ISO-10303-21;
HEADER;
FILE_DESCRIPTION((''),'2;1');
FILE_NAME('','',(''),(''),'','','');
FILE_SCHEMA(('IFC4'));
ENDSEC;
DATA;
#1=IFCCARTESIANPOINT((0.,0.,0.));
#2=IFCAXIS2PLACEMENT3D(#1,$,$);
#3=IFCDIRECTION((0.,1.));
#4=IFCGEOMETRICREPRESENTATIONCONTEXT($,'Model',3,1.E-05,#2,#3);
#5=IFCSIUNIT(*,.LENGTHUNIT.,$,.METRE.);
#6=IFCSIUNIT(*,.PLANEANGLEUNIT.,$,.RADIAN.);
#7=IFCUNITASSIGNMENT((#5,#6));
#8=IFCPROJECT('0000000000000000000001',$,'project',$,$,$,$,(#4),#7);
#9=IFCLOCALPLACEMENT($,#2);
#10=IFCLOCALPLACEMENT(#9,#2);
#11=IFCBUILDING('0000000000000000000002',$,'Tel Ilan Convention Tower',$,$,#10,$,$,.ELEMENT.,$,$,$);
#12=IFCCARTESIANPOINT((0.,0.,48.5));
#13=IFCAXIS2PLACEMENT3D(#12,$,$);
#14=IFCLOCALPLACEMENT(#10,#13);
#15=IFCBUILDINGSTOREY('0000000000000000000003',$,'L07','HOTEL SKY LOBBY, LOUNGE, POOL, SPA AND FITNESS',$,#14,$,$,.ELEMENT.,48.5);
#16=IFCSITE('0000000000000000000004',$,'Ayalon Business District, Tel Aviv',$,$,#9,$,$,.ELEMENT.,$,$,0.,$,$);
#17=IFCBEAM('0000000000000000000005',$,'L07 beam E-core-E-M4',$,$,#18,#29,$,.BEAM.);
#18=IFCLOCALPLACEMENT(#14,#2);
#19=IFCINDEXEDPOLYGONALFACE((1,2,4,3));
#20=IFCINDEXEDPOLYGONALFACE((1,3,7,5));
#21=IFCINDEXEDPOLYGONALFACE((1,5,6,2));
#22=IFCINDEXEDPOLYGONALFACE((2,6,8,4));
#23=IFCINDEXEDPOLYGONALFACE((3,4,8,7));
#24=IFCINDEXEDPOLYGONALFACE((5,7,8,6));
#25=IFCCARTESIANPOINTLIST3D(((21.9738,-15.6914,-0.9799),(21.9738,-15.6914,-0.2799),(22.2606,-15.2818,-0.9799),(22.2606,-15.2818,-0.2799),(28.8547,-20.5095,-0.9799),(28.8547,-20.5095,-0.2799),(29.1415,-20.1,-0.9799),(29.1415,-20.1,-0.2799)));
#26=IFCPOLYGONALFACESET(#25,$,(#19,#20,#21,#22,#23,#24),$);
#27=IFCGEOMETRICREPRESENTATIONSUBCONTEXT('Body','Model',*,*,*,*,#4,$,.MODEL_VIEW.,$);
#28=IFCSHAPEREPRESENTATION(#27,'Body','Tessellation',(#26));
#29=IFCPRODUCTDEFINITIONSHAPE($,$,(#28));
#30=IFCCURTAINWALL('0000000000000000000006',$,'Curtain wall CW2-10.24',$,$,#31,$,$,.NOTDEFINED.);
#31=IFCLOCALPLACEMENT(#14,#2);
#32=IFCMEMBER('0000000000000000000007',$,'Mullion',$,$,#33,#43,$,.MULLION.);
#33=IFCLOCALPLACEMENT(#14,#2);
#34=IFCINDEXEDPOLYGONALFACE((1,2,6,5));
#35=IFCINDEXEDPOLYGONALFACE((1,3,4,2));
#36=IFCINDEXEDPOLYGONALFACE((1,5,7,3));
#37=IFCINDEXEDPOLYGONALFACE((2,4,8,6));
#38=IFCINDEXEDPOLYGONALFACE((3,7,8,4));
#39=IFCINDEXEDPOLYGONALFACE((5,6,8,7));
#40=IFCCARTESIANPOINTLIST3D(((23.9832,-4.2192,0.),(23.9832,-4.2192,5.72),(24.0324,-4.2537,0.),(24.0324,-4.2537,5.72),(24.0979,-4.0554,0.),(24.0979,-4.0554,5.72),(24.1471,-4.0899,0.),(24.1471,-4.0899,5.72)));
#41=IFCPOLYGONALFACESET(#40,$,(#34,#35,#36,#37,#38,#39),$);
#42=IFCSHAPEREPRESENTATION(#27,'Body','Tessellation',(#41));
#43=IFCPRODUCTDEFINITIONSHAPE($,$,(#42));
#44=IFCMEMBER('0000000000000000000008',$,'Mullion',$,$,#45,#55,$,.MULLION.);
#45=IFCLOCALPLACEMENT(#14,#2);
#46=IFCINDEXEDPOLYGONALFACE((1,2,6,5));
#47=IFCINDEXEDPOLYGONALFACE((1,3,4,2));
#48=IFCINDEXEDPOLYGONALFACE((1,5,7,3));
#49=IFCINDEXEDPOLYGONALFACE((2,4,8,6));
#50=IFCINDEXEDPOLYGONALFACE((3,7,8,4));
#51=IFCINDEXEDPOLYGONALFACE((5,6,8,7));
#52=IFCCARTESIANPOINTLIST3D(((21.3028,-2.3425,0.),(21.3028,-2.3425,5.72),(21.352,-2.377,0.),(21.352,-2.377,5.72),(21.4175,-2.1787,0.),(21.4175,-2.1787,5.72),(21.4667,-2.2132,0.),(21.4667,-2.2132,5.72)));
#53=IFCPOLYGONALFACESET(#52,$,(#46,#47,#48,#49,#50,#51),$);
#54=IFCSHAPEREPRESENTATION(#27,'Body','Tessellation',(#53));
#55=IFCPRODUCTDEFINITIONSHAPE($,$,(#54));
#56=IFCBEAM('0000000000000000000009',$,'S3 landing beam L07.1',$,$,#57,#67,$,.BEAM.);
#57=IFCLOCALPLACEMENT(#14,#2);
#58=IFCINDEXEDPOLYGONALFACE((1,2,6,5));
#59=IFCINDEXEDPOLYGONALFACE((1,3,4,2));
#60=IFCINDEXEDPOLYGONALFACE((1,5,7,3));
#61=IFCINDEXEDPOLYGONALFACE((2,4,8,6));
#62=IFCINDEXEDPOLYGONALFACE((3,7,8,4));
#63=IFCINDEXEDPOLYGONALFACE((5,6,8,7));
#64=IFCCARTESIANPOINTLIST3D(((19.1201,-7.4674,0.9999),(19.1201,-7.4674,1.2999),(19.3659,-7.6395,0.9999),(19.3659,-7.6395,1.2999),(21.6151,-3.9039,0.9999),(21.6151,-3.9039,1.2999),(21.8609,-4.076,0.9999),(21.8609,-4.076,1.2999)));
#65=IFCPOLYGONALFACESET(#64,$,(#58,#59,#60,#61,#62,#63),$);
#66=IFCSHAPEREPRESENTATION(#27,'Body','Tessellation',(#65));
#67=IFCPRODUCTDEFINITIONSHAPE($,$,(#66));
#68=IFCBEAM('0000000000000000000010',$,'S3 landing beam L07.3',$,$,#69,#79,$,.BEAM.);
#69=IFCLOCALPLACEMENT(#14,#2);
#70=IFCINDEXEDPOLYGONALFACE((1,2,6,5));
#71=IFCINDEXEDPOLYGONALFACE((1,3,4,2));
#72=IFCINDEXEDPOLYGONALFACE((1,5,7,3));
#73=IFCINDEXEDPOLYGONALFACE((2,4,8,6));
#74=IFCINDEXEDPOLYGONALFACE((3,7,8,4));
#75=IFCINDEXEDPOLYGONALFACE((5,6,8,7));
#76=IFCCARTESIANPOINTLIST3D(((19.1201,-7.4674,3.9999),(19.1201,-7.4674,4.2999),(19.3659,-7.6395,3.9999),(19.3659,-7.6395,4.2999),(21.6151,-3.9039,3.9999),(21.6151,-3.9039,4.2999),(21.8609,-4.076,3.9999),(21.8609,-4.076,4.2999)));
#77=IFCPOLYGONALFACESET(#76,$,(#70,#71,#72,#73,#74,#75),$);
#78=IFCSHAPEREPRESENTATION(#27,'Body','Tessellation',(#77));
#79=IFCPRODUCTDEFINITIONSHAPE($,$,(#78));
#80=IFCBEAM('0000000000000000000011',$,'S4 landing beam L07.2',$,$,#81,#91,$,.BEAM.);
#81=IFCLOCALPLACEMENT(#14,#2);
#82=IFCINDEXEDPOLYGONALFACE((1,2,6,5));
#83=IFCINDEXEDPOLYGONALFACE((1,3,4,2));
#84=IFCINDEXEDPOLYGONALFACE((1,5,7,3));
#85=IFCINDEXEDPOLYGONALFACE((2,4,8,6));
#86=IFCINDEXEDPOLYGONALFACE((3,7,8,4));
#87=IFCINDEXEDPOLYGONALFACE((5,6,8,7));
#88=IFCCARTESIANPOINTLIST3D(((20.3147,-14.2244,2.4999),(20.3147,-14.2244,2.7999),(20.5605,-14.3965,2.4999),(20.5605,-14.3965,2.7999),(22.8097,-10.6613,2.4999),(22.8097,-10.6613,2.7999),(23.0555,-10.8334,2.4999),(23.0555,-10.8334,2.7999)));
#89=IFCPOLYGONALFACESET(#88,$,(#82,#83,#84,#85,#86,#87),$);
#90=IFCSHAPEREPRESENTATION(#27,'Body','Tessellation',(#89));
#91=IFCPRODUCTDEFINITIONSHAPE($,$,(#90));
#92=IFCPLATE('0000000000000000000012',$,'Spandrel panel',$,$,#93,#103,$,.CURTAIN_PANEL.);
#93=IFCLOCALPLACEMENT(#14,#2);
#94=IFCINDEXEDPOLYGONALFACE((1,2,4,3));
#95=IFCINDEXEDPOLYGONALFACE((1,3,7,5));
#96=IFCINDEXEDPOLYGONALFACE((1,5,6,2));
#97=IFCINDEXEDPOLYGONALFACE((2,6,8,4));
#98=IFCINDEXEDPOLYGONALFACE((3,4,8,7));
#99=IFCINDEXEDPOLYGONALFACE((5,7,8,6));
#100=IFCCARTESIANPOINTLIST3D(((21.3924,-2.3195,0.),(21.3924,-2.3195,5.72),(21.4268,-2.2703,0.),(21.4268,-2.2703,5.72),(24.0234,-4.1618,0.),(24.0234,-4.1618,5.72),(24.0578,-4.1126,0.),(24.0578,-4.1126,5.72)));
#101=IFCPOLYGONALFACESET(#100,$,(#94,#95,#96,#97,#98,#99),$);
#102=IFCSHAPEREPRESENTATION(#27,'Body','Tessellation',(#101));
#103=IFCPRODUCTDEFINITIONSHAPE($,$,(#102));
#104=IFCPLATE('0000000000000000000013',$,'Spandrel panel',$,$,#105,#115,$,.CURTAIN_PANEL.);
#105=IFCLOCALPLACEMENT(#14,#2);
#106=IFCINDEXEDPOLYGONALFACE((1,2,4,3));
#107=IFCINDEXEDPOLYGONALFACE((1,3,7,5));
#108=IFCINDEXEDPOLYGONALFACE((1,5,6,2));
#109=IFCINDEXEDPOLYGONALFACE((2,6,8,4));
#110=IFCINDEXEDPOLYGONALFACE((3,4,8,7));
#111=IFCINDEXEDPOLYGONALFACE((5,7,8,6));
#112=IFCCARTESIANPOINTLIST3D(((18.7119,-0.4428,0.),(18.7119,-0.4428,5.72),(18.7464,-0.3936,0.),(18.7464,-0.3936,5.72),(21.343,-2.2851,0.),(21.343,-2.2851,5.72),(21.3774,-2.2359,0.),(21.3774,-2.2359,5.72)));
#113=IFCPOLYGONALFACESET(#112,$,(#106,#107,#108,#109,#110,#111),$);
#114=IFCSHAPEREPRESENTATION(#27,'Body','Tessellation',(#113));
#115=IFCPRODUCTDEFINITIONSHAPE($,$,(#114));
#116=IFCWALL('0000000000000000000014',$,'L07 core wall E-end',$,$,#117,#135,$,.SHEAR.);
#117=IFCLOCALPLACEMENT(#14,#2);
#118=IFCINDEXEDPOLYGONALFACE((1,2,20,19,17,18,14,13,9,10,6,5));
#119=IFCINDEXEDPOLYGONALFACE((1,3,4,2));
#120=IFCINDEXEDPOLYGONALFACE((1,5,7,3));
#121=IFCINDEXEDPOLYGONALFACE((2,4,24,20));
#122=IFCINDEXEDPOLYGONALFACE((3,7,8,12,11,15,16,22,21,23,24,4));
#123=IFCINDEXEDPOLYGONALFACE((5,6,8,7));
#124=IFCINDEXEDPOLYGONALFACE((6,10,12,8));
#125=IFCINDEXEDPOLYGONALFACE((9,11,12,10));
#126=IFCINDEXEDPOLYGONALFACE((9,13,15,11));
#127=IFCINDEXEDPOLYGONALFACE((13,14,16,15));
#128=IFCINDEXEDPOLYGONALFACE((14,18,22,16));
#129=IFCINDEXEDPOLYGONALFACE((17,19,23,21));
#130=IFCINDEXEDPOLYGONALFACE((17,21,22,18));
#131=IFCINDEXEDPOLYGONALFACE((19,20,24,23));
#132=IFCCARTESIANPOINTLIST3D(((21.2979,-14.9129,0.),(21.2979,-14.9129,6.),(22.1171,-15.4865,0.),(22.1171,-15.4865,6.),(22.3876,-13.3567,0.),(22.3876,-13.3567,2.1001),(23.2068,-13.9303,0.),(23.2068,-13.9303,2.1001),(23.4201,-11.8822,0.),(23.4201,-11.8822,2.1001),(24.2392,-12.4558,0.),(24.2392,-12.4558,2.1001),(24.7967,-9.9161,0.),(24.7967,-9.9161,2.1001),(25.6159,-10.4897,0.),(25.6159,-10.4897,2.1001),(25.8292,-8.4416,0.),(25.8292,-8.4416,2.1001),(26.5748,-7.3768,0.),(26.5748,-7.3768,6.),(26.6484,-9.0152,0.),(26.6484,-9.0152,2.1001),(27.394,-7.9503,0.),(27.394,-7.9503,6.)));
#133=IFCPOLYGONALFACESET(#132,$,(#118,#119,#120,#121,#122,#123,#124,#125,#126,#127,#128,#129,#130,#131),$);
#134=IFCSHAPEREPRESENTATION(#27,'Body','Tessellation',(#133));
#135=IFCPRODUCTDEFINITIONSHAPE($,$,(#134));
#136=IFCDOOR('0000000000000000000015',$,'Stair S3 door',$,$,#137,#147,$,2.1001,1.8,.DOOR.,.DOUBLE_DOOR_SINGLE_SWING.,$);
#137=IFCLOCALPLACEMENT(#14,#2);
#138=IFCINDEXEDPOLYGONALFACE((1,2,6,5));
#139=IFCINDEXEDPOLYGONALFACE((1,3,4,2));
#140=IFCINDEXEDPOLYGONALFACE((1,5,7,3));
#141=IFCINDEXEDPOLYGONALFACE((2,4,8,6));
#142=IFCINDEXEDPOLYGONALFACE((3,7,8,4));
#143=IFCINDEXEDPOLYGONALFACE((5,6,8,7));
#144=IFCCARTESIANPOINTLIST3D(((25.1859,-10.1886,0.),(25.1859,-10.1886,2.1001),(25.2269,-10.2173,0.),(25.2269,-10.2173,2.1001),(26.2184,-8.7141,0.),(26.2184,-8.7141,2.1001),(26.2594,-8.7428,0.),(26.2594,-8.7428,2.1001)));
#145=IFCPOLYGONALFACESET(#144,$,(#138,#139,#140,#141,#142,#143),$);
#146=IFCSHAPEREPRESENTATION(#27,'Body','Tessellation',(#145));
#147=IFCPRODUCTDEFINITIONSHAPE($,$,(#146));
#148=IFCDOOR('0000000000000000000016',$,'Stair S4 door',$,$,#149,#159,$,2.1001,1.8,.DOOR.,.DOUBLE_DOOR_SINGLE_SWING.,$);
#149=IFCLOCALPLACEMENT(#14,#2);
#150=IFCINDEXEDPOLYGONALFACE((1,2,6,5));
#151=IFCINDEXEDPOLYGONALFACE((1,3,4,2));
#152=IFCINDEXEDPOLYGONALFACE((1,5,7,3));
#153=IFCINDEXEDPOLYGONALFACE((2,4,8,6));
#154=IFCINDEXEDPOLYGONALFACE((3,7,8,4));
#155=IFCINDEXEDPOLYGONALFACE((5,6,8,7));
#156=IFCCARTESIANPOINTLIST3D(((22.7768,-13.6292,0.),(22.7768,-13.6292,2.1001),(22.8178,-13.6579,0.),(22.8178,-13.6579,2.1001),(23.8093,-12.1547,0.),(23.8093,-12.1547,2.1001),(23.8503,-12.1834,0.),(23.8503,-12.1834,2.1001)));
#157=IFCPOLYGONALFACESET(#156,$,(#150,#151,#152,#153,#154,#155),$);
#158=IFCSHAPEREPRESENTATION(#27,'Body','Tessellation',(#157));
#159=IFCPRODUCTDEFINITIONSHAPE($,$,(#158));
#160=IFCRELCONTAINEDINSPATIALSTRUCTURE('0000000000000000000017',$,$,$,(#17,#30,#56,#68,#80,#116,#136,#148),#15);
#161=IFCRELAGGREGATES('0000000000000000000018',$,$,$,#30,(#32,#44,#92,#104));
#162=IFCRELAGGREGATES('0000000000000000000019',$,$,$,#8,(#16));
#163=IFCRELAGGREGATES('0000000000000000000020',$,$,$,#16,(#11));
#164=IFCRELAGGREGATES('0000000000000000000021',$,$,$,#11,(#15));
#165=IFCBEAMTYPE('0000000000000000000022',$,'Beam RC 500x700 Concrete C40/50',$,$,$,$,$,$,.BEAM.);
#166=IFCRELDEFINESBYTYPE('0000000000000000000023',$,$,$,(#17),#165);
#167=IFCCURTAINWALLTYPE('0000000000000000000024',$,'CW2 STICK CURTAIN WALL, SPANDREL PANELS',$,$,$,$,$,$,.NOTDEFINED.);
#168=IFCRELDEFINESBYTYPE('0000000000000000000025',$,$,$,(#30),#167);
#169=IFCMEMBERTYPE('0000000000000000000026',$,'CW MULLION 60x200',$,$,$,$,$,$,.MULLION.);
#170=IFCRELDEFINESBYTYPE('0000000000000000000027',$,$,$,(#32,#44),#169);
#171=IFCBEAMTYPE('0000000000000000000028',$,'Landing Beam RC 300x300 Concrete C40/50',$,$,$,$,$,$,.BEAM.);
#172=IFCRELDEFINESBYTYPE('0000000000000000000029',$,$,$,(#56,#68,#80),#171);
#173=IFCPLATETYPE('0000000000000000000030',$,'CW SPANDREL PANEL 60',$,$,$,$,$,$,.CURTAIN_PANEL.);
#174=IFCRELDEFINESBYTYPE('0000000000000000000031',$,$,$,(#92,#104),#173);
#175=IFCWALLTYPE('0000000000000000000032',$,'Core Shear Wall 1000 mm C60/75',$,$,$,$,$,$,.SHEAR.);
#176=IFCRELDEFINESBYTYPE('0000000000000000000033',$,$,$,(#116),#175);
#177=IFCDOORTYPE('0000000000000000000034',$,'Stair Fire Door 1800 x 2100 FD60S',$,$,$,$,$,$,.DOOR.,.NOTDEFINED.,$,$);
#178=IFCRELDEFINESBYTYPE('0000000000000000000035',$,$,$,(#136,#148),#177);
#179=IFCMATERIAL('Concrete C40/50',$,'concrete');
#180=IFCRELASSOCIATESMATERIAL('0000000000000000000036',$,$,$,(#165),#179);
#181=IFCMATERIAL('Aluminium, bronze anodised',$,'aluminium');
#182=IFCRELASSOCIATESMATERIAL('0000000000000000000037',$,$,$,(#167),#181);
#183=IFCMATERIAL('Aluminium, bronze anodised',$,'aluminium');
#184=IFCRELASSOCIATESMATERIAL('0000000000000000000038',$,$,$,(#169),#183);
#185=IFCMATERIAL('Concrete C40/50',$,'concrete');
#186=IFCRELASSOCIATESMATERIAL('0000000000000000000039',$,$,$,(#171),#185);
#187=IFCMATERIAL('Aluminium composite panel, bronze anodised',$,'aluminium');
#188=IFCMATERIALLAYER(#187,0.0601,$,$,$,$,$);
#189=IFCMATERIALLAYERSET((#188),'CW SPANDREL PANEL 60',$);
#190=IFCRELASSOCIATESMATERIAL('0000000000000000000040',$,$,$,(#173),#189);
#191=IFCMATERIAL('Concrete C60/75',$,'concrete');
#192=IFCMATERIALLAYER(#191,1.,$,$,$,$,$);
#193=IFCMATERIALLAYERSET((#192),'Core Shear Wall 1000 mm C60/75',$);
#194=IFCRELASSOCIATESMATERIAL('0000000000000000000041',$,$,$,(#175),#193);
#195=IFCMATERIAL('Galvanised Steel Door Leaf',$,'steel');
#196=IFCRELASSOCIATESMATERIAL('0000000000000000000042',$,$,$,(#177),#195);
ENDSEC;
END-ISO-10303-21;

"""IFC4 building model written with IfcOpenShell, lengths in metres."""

from ifc_helpers import new_model, si_unit, direction, frame, frame_2d, origin, origin_2d, place, context, subcontext, project, spatial, polyline, rectangle, outline, extrude, material, layer, layer_set, material_profile, profile_set, type_object, element, fill, aggregate, save


model = new_model("IFC4")

# Units and contexts
model_context = context("Model", 3, precision=1e-05, world=origin(), true_north=direction((0.0, 1.0)))
body_context = subcontext(model_context, "Body", "Model", "MODEL_VIEW")
ifc_project = project(units=[si_unit("LENGTHUNIT", "METRE"), si_unit("PLANEANGLEUNIT", "RADIAN")], contexts=[model_context])

# Site, building, storey
site_placement = place(None, origin())
site = spatial("IfcSite", under=ifc_project, at=site_placement, Name="Ayalon Business District, Tel Aviv", CompositionType="ELEMENT", RefElevation=0.0)
building_placement = place(site_placement, origin())
building = spatial("IfcBuilding", under=site, at=building_placement, Name="Tel Ilan Convention Tower", CompositionType="ELEMENT")
storey_placement = place(building_placement, frame((0.0, 0.0, 48.5)))
storey = spatial("IfcBuildingStorey", under=building, at=storey_placement, Name="L07", Description="HOTEL SKY LOBBY, LOUNGE, POOL, SPA AND FITNESS", CompositionType="ELEMENT", Elevation=48.5)

# Beam
ifc_material_1 = material(Name="Concrete C40/50", Category="concrete")
ifc_material_profile_1 = material_profile(ifc_material_1, rectangle(XDim=0.5, YDim=0.7, at=origin_2d()), Name="RC 500x700")
ifc_profile_set_1 = profile_set([ifc_material_profile_1], Name="Concrete C40/50")
beam_type_1 = type_object("IfcBeamType", Name="Beam RC 500x700 Concrete C40/50", PredefinedType="BEAM", material=ifc_profile_set_1)
beam_1_placement = place(storey_placement, frame((22.1172, -15.4866, -0.6299), z_axis=(0.819147, -0.573583, 0.0), x_axis=(0.573583, 0.819147, 0.0)))
element("IfcBeam", 1, at=beam_1_placement, inside=storey, type_object=beam_type_1, Name="L07 beam E-core-E-M4", PredefinedType="BEAM", context=body_context, shape_type="SweptSolid", body=[
    extrude(rectangle(XDim=0.5, YDim=0.7, at=origin_2d()), origin(), (0.0, 0.0, 1.0), 8.4001),
])

# Curtain wall, members
ifc_material_2 = material(Name="Aluminium, bronze anodised", Category="aluminium")
curtain_wall_type = type_object("IfcCurtainWallType", Name="CW2 STICK CURTAIN WALL, SPANDREL PANELS", PredefinedType="NOTDEFINED", material=ifc_material_2)
curtain_wall_placement = place(storey_placement, origin())
curtain_wall = element("IfcCurtainWall", 2, at=curtain_wall_placement, inside=storey, type_object=curtain_wall_type, Name="Curtain wall CW2-10.24", PredefinedType="NOTDEFINED")
ifc_material_3 = material(Name="Aluminium, bronze anodised", Category="aluminium")
ifc_material_profile_2 = material_profile(ifc_material_3, rectangle(XDim=0.0601, YDim=0.2, at=origin_2d()), Name="CW MULLION 60x200")
ifc_profile_set_2 = profile_set([ifc_material_profile_2], Name="Aluminium, bronze anodised")
member_type = type_object("IfcMemberType", Name="CW MULLION 60x200", PredefinedType="MULLION", material=ifc_profile_set_2)
member_1_placement = place(storey_placement, frame((24.0652, -4.1545, 0.0), z_axis=(0.0, 0.0, 1.0), x_axis=(-0.819152, 0.573576, 0.0)))
member_1 = element("IfcMember", 3, at=member_1_placement, type_object=member_type, Name="Mullion", PredefinedType="MULLION", context=body_context, shape_type="SweptSolid", body=[
    extrude(rectangle(XDim=0.0601, YDim=0.2, at=origin_2d()), origin(), (0.0, 0.0, 1.0), 5.72),
])
member_2_placement = place(storey_placement, frame((21.3848, -2.2778, 0.0), z_axis=(0.0, 0.0, 1.0), x_axis=(-0.819152, 0.573576, 0.0)))
member_2 = element("IfcMember", 4, at=member_2_placement, type_object=member_type, Name="Mullion", PredefinedType="MULLION", context=body_context, shape_type="SweptSolid", body=[
    extrude(rectangle(XDim=0.0601, YDim=0.2, at=origin_2d()), origin(), (0.0, 0.0, 1.0), 5.72),
])

# Beams
ifc_material_4 = material(Name="Concrete C40/50", Category="concrete")
ifc_material_profile_3 = material_profile(ifc_material_4, rectangle(XDim=0.3, YDim=0.3, at=origin_2d()), Name="RC 300x300")
ifc_profile_set_3 = profile_set([ifc_material_profile_3], Name="Concrete C40/50")
beam_type_2 = type_object("IfcBeamType", Name="Landing Beam RC 300x300 Concrete C40/50", PredefinedType="BEAM", material=ifc_profile_set_3)
for number, where, z_axis, x_axis, name in (
    (5, (21.738, -3.99, 1.1499), (-0.573568, -0.819158, 0.0), (0.819158, -0.573568, 0.0), "S3 landing beam L07.1"),
    (6, (21.738, -3.99, 4.1499), (-0.573568, -0.819158, 0.0), (0.819158, -0.573568, 0.0), "S3 landing beam L07.3"),
):
    element("IfcBeam", number, at=place(storey_placement, frame(where, z_axis=z_axis, x_axis=x_axis)), inside=storey, type_object=beam_type_2, Name=name, PredefinedType="BEAM", context=body_context, shape_type="SweptSolid", body=[
        extrude(rectangle(XDim=0.3, YDim=0.3, at=origin_2d()), origin(), (0.0, 0.0, 1.0), 4.3501),
    ])
beam_2_placement = place(storey_placement, frame((22.9326, -10.7473, 2.6499), z_axis=(-0.573594, -0.81914, 0.0), x_axis=(0.81914, -0.573594, 0.0)))
element("IfcBeam", 7, at=beam_2_placement, inside=storey, type_object=beam_type_2, Name="S4 landing beam L07.2", PredefinedType="BEAM", context=body_context, shape_type="SweptSolid", body=[
    extrude(rectangle(XDim=0.3, YDim=0.3, at=origin_2d()), origin(), (0.0, 0.0, 1.0), 4.3499),
])

# Plates
ifc_material_5 = material(Name="Aluminium composite panel, bronze anodised", Category="aluminium")
ifc_layer_1 = layer(ifc_material_5, 0.0601)
ifc_layer_set_1 = layer_set([ifc_layer_1], Name="CW SPANDREL PANEL 60")
plate_type = type_object("IfcPlateType", Name="CW SPANDREL PANEL 60", PredefinedType="CURTAIN_PANEL", material=ifc_layer_set_1)
plate_1_placement = place(storey_placement, frame((22.7251, -3.2161, 0.0), z_axis=(0.0, 0.0, 1.0), x_axis=(-0.819152, 0.573576, 0.0)))
plate_1 = element("IfcPlate", 8, at=plate_1_placement, type_object=plate_type, Name="Spandrel panel", PredefinedType="CURTAIN_PANEL", context=body_context, shape_type="SweptSolid", body=[
    extrude(rectangle(XDim=3.2119, YDim=0.0601, at=origin_2d()), origin(), (0.0, 0.0, 1.0), 5.72),
])
plate_2_placement = place(storey_placement, frame((20.0447, -1.3394, 0.0), z_axis=(0.0, 0.0, 1.0), x_axis=(-0.819152, 0.573576, 0.0)))
plate_2 = element("IfcPlate", 9, at=plate_2_placement, type_object=plate_type, Name="Spandrel panel", PredefinedType="CURTAIN_PANEL", context=body_context, shape_type="SweptSolid", body=[
    extrude(rectangle(XDim=3.2119, YDim=0.0601, at=origin_2d()), origin(), (0.0, 0.0, 1.0), 5.72),
])
aggregate(curtain_wall, [member_1, member_2, plate_1, plate_2])

# Wall, openings, doors
ifc_material_6 = material(Name="Concrete C60/75", Category="concrete")
ifc_layer_2 = layer(ifc_material_6, 1.0)
ifc_layer_set_2 = layer_set([ifc_layer_2], Name="Core Shear Wall 1000 mm C60/75")
wall_type = type_object("IfcWallType", Name="Core Shear Wall 1000 mm C60/75", PredefinedType="SHEAR", material=ifc_layer_set_2)
wall_placement = place(storey_placement, frame((21.7075, -15.1997, 0.0), z_axis=(0.0, 0.0, 1.0), x_axis=(0.573576, 0.819152, 0.0)))
wall = element("IfcWall", 10, at=wall_placement, inside=storey, type_object=wall_type, Name="L07 core wall E-end", PredefinedType="SHEAR", context=body_context, shape_type="SweptSolid", body=[
    extrude(outline(polyline([(9.2, 0.5), (0.0, 0.5), (0.0, -0.5), (9.2, -0.5), (9.2, 0.5)])), origin(), (0.0, 0.0, 1.0), 6.0),
])
opening_1_placement = place(wall_placement, frame((6.1001, 0.0, 0.0)))
opening_1 = element("IfcOpeningElement", 11, at=opening_1_placement, cuts=wall, PredefinedType="OPENING", context=body_context, shape_type="SweptSolid", body=[
    extrude(rectangle(XDim=1.8, YDim=2.1001, at=frame_2d((0.8999, 1.05))), frame((0.0, 0.51, 0.0), z_axis=(0.0, -1.0, 0.0), x_axis=(1.0, 0.0, 0.0)), (0.0, 0.0, 1.0), 1.02),
])
opening_2_placement = place(wall_placement, frame((1.8999, 0.0, 0.0)))
opening_2 = element("IfcOpeningElement", 12, at=opening_2_placement, cuts=wall, PredefinedType="OPENING", context=body_context, shape_type="SweptSolid", body=[
    extrude(rectangle(XDim=1.8, YDim=2.1001, at=frame_2d((0.8999, 1.05))), frame((0.0, 0.51, 0.0), z_axis=(0.0, -1.0, 0.0), x_axis=(1.0, 0.0, 0.0)), (0.0, 0.0, 1.0), 1.02),
])
ifc_material_7 = material(Name="Galvanised Steel Door Leaf", Category="steel")
door_type = type_object("IfcDoorType", Name="Stair Fire Door 1800 x 2100 FD60S", OperationType="NOTDEFINED", PredefinedType="DOOR", material=ifc_material_7)
door_1_placement = place(opening_1_placement, origin())
door_1 = element("IfcDoor", 13, at=door_1_placement, inside=storey, type_object=door_type, Name="Stair S3 door", OperationType="DOUBLE_DOOR_SINGLE_SWING", OverallHeight=2.1001, OverallWidth=1.8, PredefinedType="DOOR", context=body_context, shape_type="SweptSolid", body=[
    extrude(rectangle(XDim=1.8, YDim=2.1001, at=frame_2d((0.8999, 1.05))), frame((0.0, 0.0249, 0.0), z_axis=(0.0, -1.0, 0.0), x_axis=(1.0, 0.0, 0.0)), (0.0, 0.0, 1.0), 0.05),
])
fill(opening_1, door_1)
door_2_placement = place(opening_2_placement, origin())
door_2 = element("IfcDoor", 14, at=door_2_placement, inside=storey, type_object=door_type, Name="Stair S4 door", OperationType="DOUBLE_DOOR_SINGLE_SWING", OverallHeight=2.1001, OverallWidth=1.8, PredefinedType="DOOR", context=body_context, shape_type="SweptSolid", body=[
    extrude(rectangle(XDim=1.8, YDim=2.1001, at=frame_2d((0.8999, 1.05))), frame((0.0, 0.0249, 0.0), z_axis=(0.0, -1.0, 0.0), x_axis=(1.0, 0.0, 0.0)), (0.0, 0.0, 1.0), 0.05),
])
fill(opening_2, door_2)

save(model, "model.ifc")
